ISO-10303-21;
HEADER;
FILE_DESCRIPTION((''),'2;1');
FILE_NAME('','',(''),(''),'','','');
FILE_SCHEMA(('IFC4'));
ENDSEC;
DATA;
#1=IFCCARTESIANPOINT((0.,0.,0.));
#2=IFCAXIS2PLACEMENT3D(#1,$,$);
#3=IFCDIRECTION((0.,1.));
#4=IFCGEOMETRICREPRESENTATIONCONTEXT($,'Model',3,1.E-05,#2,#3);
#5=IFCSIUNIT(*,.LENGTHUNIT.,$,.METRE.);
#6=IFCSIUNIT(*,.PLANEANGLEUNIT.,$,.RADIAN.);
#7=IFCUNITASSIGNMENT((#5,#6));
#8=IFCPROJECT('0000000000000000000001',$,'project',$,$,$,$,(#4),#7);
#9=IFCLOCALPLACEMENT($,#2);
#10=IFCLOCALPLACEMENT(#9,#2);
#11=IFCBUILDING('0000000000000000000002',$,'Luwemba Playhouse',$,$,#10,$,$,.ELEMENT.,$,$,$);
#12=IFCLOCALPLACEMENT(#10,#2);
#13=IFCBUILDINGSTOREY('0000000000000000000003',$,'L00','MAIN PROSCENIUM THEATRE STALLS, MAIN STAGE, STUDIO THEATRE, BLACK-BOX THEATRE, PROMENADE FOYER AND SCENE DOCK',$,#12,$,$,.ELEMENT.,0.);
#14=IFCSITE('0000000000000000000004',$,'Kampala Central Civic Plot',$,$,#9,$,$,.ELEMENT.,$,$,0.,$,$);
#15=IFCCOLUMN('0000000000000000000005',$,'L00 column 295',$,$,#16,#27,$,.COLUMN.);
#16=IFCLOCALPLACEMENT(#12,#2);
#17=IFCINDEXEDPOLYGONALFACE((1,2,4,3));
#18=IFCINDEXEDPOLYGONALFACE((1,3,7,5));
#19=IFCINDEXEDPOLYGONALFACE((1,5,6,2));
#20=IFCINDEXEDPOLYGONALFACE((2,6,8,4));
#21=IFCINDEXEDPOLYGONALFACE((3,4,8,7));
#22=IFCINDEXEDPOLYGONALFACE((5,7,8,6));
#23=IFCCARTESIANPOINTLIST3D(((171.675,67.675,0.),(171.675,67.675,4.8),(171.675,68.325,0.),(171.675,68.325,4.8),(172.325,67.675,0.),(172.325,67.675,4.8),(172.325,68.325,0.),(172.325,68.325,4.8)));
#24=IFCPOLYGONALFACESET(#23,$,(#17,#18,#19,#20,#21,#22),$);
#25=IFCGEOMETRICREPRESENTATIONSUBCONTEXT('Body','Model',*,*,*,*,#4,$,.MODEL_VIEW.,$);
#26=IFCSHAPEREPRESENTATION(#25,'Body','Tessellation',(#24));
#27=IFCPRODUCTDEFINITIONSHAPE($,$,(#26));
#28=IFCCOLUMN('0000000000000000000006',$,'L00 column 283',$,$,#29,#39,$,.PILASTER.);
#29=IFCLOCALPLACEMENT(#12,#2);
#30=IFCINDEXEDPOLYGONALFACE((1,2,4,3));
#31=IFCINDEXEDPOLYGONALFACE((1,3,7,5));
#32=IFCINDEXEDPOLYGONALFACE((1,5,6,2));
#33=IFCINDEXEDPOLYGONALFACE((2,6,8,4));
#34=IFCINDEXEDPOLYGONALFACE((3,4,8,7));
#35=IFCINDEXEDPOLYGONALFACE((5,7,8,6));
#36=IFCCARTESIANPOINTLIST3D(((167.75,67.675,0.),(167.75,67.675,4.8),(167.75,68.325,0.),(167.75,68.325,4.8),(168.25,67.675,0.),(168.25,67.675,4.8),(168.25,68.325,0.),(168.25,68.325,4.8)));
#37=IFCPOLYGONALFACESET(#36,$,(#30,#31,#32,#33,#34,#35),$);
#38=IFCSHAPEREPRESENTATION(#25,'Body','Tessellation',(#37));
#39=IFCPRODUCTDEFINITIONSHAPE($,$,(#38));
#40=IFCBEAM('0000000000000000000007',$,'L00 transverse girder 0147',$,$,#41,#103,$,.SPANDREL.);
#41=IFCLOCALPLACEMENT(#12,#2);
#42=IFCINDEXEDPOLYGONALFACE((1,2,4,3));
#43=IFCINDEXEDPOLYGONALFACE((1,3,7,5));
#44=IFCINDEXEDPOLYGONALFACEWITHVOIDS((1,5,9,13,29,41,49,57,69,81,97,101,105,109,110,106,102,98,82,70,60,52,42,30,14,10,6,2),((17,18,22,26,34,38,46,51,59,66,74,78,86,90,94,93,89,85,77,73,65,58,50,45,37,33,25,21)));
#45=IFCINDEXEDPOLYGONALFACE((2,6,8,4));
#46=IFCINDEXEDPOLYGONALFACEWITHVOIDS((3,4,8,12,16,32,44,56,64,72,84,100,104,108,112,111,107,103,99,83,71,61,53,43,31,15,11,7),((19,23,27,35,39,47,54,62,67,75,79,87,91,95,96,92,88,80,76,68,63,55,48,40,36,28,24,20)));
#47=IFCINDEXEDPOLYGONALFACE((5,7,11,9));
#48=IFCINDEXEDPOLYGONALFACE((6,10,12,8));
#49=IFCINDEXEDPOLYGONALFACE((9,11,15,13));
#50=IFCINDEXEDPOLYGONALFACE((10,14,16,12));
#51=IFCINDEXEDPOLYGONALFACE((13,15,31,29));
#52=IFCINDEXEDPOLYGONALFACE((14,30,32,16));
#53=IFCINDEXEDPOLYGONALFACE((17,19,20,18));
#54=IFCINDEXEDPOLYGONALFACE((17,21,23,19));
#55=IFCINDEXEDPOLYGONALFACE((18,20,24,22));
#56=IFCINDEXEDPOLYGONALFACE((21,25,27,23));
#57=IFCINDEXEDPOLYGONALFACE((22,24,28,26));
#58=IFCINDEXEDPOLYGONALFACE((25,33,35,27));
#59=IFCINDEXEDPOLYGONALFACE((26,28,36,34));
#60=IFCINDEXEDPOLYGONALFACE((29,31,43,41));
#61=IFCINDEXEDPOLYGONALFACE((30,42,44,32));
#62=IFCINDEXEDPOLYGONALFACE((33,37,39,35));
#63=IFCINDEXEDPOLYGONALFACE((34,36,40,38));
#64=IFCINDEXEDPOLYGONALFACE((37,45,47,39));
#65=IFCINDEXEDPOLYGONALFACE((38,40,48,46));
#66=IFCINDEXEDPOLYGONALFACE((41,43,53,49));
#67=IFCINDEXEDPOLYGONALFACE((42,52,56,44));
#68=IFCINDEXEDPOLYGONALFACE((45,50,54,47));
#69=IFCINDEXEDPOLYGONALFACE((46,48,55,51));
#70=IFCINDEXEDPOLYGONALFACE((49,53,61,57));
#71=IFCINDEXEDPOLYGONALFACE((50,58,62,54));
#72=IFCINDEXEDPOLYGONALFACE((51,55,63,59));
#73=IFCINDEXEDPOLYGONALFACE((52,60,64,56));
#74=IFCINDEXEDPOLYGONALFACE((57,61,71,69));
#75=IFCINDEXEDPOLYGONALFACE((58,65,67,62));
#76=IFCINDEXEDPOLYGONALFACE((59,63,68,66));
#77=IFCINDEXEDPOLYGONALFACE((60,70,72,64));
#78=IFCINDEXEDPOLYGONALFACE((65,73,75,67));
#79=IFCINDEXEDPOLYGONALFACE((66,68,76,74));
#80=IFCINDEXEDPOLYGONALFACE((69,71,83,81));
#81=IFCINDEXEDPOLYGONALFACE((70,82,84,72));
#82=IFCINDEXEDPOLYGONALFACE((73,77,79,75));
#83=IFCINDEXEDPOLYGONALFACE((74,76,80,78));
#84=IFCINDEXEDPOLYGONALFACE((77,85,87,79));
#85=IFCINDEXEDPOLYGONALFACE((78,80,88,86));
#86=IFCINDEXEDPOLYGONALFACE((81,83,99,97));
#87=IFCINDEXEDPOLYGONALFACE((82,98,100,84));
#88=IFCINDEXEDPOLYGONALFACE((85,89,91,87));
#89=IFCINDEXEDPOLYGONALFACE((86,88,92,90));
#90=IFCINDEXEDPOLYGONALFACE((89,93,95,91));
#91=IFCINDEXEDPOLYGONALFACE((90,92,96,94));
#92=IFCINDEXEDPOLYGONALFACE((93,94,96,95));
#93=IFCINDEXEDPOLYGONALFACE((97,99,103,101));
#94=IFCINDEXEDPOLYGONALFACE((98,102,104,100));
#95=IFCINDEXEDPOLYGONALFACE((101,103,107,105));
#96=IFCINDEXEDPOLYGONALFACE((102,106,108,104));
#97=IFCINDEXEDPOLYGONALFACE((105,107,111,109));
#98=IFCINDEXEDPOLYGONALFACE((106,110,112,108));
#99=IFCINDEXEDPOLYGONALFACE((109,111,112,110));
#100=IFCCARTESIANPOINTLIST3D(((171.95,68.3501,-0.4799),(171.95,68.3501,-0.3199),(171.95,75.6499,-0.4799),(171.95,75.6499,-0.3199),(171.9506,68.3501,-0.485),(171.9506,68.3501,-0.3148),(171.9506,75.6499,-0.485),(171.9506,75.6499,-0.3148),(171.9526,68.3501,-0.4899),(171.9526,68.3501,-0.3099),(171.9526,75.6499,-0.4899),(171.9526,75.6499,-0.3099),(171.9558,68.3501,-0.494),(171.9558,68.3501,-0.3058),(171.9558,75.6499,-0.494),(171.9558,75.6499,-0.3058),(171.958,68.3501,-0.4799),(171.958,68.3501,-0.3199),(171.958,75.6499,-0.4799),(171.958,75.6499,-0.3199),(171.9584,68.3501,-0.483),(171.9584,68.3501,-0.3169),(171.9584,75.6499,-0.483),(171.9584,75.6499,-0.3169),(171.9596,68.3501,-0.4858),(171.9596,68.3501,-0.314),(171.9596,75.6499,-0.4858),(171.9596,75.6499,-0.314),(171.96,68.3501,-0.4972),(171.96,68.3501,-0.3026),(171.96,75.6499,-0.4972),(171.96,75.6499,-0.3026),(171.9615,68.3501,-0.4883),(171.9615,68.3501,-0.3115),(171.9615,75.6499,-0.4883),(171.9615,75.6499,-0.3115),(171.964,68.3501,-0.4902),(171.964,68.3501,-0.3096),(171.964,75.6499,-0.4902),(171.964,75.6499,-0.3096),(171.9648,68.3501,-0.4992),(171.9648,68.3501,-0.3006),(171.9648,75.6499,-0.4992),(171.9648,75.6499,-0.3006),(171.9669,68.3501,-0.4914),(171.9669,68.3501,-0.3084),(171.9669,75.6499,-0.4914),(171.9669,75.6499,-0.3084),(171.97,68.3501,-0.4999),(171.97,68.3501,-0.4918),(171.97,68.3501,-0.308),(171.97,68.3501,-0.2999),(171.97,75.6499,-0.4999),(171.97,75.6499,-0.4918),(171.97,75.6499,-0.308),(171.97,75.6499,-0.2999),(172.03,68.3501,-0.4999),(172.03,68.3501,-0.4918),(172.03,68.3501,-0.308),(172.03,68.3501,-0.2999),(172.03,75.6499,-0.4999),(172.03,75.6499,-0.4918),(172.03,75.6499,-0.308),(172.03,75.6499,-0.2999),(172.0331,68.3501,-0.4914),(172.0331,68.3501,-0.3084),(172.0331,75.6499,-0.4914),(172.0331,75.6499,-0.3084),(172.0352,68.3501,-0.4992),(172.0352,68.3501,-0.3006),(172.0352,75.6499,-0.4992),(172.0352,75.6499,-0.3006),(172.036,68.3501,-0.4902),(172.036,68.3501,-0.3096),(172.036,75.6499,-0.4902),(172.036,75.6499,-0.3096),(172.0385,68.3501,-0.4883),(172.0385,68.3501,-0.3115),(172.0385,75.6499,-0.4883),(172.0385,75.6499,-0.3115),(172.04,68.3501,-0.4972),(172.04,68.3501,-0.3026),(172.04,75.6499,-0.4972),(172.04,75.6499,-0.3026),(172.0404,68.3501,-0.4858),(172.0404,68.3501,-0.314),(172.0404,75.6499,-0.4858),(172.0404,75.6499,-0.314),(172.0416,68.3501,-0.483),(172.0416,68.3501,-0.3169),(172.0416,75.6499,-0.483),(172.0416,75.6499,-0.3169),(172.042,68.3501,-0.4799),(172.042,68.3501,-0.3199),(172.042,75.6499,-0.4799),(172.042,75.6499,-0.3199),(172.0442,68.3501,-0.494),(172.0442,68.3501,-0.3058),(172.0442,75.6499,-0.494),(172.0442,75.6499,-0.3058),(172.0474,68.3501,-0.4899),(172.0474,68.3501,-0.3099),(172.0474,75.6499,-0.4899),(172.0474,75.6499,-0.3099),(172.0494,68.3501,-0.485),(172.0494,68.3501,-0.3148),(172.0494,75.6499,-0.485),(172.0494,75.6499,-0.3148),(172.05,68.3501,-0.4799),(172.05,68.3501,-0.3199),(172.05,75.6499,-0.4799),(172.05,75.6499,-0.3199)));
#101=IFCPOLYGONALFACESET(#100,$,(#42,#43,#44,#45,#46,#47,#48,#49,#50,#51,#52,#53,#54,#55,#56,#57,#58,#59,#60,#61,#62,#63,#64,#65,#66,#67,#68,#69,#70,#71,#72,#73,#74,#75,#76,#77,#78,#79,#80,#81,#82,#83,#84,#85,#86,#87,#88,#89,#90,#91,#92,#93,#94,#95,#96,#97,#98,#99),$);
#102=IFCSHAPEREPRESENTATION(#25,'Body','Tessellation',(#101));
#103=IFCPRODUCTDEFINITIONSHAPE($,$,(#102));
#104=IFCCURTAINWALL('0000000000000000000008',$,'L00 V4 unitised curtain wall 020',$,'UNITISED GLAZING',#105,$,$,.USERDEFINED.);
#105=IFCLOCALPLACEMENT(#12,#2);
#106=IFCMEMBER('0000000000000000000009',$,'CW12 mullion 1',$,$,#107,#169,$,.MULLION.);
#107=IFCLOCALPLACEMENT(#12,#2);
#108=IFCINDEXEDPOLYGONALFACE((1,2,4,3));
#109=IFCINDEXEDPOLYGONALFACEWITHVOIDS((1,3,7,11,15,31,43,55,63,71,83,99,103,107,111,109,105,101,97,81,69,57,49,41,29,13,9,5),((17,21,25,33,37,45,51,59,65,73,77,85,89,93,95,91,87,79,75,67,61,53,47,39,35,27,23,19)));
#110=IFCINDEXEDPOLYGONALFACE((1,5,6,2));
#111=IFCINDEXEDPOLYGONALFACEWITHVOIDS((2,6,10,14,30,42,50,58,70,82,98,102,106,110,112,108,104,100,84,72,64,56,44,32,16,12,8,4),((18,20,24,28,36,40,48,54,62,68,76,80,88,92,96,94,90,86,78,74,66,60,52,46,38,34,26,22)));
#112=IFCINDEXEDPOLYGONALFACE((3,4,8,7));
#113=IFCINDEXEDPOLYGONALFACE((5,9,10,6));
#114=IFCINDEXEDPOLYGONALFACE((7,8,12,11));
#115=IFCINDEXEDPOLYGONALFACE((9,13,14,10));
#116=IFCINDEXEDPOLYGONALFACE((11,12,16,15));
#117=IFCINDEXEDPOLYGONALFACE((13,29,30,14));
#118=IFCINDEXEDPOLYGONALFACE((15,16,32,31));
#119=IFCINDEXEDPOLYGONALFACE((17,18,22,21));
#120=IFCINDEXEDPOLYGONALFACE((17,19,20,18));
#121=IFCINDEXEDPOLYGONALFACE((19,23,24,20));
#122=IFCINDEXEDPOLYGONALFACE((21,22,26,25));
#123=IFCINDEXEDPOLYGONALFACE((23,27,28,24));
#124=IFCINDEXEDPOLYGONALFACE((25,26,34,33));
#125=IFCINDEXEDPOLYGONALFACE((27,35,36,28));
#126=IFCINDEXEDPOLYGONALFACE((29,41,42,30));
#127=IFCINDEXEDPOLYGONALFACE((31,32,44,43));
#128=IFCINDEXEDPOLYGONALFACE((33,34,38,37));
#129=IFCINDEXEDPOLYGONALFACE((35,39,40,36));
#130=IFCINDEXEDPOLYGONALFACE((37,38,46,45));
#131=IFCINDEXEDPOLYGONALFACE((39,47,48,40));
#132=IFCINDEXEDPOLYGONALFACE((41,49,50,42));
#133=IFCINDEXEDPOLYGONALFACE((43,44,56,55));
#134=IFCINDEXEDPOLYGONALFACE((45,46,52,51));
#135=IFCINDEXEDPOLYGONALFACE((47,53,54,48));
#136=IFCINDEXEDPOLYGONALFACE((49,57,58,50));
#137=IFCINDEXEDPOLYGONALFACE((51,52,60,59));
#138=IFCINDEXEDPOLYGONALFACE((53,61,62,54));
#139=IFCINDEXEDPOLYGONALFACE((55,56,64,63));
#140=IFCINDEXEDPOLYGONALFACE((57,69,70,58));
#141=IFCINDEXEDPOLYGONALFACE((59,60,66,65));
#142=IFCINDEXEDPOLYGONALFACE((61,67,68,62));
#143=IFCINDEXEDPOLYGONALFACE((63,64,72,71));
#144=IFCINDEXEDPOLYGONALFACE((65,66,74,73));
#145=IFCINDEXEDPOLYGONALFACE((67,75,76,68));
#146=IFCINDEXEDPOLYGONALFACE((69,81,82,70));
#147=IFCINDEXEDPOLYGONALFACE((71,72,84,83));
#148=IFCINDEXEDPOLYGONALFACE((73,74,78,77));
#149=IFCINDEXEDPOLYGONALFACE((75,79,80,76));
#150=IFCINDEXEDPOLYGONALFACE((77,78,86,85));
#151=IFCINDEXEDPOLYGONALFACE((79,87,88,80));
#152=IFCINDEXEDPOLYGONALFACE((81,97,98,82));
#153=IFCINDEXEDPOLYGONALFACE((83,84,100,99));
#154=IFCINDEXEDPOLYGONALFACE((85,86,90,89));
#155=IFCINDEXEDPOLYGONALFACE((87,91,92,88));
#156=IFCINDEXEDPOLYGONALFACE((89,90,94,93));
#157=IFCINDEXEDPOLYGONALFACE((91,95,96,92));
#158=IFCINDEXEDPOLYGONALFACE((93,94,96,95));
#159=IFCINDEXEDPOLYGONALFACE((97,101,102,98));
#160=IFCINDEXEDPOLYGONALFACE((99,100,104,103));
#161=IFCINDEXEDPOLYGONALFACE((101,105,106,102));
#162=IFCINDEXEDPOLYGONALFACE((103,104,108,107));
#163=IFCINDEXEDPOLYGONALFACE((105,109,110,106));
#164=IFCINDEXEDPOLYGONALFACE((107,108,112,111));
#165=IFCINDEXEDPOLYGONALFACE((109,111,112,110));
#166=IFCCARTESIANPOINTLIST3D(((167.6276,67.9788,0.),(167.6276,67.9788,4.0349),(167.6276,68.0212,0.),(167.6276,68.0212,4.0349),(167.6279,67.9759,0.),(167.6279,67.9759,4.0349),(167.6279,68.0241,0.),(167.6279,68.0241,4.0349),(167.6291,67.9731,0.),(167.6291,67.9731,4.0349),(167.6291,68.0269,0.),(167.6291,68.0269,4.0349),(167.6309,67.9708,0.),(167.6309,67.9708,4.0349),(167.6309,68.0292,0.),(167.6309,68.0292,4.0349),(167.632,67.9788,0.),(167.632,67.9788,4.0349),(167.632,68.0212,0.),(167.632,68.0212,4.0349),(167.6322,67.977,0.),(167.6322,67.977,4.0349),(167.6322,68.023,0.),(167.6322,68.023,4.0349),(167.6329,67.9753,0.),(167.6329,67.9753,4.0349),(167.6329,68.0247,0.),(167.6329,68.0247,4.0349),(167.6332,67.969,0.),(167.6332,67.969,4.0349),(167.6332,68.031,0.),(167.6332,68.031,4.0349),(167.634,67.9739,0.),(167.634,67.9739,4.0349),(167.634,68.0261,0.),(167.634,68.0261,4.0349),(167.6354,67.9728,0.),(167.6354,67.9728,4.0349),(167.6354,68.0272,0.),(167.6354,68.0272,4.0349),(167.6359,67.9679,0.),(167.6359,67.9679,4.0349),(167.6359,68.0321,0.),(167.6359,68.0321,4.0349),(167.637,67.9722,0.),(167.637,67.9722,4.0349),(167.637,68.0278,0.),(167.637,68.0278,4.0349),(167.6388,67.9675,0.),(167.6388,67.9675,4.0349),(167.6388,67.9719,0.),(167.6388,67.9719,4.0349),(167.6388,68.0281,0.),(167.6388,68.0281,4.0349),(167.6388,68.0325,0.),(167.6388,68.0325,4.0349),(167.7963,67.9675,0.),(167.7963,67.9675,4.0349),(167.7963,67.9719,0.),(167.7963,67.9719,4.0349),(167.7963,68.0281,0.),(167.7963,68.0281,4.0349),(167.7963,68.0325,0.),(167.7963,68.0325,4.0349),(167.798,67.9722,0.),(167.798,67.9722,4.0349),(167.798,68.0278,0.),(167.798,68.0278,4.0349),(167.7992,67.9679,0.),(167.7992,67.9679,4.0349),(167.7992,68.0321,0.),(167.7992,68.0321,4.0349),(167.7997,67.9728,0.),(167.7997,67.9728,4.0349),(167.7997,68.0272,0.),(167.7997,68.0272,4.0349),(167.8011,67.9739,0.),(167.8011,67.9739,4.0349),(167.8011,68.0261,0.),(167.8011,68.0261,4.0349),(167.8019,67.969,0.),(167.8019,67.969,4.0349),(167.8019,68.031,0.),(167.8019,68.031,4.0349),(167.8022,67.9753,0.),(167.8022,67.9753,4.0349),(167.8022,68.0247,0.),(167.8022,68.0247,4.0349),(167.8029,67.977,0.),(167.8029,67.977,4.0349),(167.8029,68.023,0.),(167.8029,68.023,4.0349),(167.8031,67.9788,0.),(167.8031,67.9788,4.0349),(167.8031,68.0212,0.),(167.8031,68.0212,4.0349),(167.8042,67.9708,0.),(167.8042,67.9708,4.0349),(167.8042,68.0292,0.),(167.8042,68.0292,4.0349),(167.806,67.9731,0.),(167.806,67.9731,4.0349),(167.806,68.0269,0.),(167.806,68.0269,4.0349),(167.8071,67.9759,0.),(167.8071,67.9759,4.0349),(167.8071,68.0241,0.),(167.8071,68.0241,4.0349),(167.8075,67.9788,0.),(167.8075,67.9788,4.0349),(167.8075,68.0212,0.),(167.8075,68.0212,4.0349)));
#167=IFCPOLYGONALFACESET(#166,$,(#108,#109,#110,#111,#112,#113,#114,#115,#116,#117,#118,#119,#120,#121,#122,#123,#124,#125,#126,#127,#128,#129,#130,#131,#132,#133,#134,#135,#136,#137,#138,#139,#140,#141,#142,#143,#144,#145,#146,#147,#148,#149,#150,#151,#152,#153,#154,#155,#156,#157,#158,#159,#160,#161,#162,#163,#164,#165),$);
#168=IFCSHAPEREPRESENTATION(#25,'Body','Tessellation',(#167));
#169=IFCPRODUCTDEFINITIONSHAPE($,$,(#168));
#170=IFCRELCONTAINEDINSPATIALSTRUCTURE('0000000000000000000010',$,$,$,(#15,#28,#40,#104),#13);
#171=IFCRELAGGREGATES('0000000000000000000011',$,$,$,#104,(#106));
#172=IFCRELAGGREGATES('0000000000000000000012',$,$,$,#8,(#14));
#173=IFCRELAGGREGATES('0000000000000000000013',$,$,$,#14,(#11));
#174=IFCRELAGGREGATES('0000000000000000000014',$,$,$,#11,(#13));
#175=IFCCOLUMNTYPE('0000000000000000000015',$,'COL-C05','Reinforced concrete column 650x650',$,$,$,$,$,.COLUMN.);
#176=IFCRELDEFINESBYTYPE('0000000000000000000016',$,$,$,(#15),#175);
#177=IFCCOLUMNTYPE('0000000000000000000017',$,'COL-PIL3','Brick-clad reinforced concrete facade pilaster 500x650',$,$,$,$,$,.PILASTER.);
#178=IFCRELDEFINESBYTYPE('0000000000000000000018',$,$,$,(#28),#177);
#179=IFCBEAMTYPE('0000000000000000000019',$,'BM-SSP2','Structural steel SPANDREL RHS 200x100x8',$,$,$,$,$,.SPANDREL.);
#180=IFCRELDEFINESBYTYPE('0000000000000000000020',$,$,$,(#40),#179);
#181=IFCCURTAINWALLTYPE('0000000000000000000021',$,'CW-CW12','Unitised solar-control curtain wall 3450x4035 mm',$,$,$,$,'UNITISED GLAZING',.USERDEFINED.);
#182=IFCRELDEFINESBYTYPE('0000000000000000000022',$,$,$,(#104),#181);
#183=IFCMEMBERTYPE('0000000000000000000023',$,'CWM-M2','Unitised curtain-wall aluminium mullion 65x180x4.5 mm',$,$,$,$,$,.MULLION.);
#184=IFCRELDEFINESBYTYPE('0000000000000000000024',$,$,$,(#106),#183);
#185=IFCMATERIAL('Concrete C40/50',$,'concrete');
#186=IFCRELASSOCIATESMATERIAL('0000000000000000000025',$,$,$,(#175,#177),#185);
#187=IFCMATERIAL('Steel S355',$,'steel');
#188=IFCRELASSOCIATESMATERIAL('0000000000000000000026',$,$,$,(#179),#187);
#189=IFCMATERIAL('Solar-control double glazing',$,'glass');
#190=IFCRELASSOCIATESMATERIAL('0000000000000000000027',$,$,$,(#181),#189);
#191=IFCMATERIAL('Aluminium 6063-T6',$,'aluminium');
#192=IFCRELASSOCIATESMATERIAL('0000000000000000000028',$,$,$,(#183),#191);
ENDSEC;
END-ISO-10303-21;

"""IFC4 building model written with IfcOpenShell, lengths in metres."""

from ifc_helpers import new_model, si_unit, direction, frame, origin, origin_2d, place, context, subcontext, project, spatial, rectangle, hollow_rectangle, extrude, material, material_profile, profile_set, type_object, element, aggregate, save


model = new_model("IFC4")

# Units and contexts
model_context = context("Model", 3, precision=1e-05, world=origin(), true_north=direction((0.0, 1.0)))
body_context = subcontext(model_context, "Body", "Model", "MODEL_VIEW")
ifc_project = project(units=[si_unit("LENGTHUNIT", "METRE"), si_unit("PLANEANGLEUNIT", "RADIAN")], contexts=[model_context])

# Site, building, storey
site_placement = place(None, origin())
site = spatial("IfcSite", under=ifc_project, at=site_placement, Name="Kampala Central Civic Plot", CompositionType="ELEMENT", RefElevation=0.0)
building_placement = place(site_placement, origin())
building = spatial("IfcBuilding", under=site, at=building_placement, Name="Luwemba Playhouse", CompositionType="ELEMENT")
storey_placement = place(building_placement, origin())
storey = spatial("IfcBuildingStorey", under=building, at=storey_placement, Name="L00", Description="MAIN PROSCENIUM THEATRE STALLS, MAIN STAGE, STUDIO THEATRE, BLACK-BOX THEATRE, PROMENADE FOYER AND SCENE DOCK", CompositionType="ELEMENT", Elevation=0.0)

# Columns
ifc_material_1 = material(Name="Concrete C40/50", Category="concrete")
ifc_material_profile_1 = material_profile(ifc_material_1, rectangle(XDim=0.6499, YDim=0.6499, at=origin_2d()))
ifc_profile_set_1 = profile_set([ifc_material_profile_1], Name="Concrete C40/50")
column_type_1 = type_object("IfcColumnType", Name="COL-C05", Description="Reinforced concrete column 650x650", PredefinedType="COLUMN", material=ifc_profile_set_1)
column_1_placement = place(storey_placement, frame((172.0, 68.0, 0.0), z_axis=(0.0, 0.0, 1.0), x_axis=(1.0, 0.0, 0.0)))
element("IfcColumn", 1, at=column_1_placement, inside=storey, type_object=column_type_1, Name="L00 column 295", PredefinedType="COLUMN", context=body_context, shape_type="SweptSolid", body=[
    extrude(rectangle(XDim=0.6499, YDim=0.6499, at=origin_2d()), origin(), (0.0, 0.0, 1.0), 4.8),
])
ifc_material_profile_2 = material_profile(ifc_material_1, rectangle(XDim=0.5, YDim=0.6499, at=origin_2d()))
ifc_profile_set_2 = profile_set([ifc_material_profile_2], Name="Concrete C40/50")
column_type_2 = type_object("IfcColumnType", Name="COL-PIL3", Description="Brick-clad reinforced concrete facade pilaster 500x650", PredefinedType="PILASTER", material=ifc_profile_set_2)
column_2_placement = place(storey_placement, frame((168.0, 68.0, 0.0), z_axis=(0.0, 0.0, 1.0), x_axis=(1.0, 0.0, 0.0)))
element("IfcColumn", 2, at=column_2_placement, inside=storey, type_object=column_type_2, Name="L00 column 283", PredefinedType="PILASTER", context=body_context, shape_type="SweptSolid", body=[
    extrude(rectangle(XDim=0.5, YDim=0.6499, at=origin_2d()), origin(), (0.0, 0.0, 1.0), 4.8),
])

# Beam
ifc_material_2 = material(Name="Steel S355", Category="steel")
ifc_material_profile_3 = material_profile(ifc_material_2, hollow_rectangle(XDim=0.1001, YDim=0.2, WallThickness=0.0081, InnerFilletRadius=0.012, OuterFilletRadius=0.02, at=origin_2d()))
ifc_profile_set_3 = profile_set([ifc_material_profile_3], Name="Steel S355")
beam_type = type_object("IfcBeamType", Name="BM-SSP2", Description="Structural steel SPANDREL RHS 200x100x8", PredefinedType="SPANDREL", material=ifc_profile_set_3)
beam_placement = place(storey_placement, frame((172.0, 68.3501, -0.3999), z_axis=(0.0, 1.0, 0.0), x_axis=(-1.0, 0.0, 0.0)))
element("IfcBeam", 3, at=beam_placement, inside=storey, type_object=beam_type, Name="L00 transverse girder 0147", PredefinedType="SPANDREL", context=body_context, shape_type="SweptSolid", body=[
    extrude(hollow_rectangle(XDim=0.1001, YDim=0.2, WallThickness=0.0081, InnerFilletRadius=0.012, OuterFilletRadius=0.02, at=origin_2d()), origin(), (0.0, 0.0, 1.0), 7.2998),
])

# Curtain wall, member
ifc_material_3 = material(Name="Solar-control double glazing", Category="glass")
curtain_wall_type = type_object("IfcCurtainWallType", Name="CW-CW12", Description="Unitised solar-control curtain wall 3450x4035 mm", ElementType="UNITISED GLAZING", PredefinedType="USERDEFINED", material=ifc_material_3)
curtain_wall_placement = place(storey_placement, origin())
curtain_wall = element("IfcCurtainWall", 4, at=curtain_wall_placement, inside=storey, type_object=curtain_wall_type, Name="L00 V4 unitised curtain wall 020", ObjectType="UNITISED GLAZING", PredefinedType="USERDEFINED")
ifc_material_4 = material(Name="Aluminium 6063-T6", Category="aluminium")
ifc_material_profile_4 = material_profile(ifc_material_4, hollow_rectangle(XDim=0.0649, YDim=0.1799, WallThickness=0.0044, InnerFilletRadius=0.0068, OuterFilletRadius=0.0112, at=origin_2d()))
ifc_profile_set_4 = profile_set([ifc_material_profile_4], Name="Aluminium 6063-T6")
member_type_1 = type_object("IfcMemberType", Name="CWM-M2", Description="Unitised curtain-wall aluminium mullion 65x180x4.5 mm", PredefinedType="MULLION", material=ifc_profile_set_4)
member_1_placement = place(storey_placement, frame((167.7175, 68.0, 0.0), z_axis=(0.0, 0.0, 1.0), x_axis=(0.0, -1.0, 0.0)))
member_1 = element("IfcMember", 5, at=member_1_placement, type_object=member_type_1, Name="CW12 mullion 1", PredefinedType="MULLION", context=body_context, shape_type="SweptSolid", body=[
    extrude(hollow_rectangle(XDim=0.0649, YDim=0.1799, WallThickness=0.0044, InnerFilletRadius=0.0068, OuterFilletRadius=0.0112, at=origin_2d()), origin(), (0.0, 0.0, 1.0), 4.0349),
])
aggregate(curtain_wall, [member_1])

save(model, "model.ifc")
